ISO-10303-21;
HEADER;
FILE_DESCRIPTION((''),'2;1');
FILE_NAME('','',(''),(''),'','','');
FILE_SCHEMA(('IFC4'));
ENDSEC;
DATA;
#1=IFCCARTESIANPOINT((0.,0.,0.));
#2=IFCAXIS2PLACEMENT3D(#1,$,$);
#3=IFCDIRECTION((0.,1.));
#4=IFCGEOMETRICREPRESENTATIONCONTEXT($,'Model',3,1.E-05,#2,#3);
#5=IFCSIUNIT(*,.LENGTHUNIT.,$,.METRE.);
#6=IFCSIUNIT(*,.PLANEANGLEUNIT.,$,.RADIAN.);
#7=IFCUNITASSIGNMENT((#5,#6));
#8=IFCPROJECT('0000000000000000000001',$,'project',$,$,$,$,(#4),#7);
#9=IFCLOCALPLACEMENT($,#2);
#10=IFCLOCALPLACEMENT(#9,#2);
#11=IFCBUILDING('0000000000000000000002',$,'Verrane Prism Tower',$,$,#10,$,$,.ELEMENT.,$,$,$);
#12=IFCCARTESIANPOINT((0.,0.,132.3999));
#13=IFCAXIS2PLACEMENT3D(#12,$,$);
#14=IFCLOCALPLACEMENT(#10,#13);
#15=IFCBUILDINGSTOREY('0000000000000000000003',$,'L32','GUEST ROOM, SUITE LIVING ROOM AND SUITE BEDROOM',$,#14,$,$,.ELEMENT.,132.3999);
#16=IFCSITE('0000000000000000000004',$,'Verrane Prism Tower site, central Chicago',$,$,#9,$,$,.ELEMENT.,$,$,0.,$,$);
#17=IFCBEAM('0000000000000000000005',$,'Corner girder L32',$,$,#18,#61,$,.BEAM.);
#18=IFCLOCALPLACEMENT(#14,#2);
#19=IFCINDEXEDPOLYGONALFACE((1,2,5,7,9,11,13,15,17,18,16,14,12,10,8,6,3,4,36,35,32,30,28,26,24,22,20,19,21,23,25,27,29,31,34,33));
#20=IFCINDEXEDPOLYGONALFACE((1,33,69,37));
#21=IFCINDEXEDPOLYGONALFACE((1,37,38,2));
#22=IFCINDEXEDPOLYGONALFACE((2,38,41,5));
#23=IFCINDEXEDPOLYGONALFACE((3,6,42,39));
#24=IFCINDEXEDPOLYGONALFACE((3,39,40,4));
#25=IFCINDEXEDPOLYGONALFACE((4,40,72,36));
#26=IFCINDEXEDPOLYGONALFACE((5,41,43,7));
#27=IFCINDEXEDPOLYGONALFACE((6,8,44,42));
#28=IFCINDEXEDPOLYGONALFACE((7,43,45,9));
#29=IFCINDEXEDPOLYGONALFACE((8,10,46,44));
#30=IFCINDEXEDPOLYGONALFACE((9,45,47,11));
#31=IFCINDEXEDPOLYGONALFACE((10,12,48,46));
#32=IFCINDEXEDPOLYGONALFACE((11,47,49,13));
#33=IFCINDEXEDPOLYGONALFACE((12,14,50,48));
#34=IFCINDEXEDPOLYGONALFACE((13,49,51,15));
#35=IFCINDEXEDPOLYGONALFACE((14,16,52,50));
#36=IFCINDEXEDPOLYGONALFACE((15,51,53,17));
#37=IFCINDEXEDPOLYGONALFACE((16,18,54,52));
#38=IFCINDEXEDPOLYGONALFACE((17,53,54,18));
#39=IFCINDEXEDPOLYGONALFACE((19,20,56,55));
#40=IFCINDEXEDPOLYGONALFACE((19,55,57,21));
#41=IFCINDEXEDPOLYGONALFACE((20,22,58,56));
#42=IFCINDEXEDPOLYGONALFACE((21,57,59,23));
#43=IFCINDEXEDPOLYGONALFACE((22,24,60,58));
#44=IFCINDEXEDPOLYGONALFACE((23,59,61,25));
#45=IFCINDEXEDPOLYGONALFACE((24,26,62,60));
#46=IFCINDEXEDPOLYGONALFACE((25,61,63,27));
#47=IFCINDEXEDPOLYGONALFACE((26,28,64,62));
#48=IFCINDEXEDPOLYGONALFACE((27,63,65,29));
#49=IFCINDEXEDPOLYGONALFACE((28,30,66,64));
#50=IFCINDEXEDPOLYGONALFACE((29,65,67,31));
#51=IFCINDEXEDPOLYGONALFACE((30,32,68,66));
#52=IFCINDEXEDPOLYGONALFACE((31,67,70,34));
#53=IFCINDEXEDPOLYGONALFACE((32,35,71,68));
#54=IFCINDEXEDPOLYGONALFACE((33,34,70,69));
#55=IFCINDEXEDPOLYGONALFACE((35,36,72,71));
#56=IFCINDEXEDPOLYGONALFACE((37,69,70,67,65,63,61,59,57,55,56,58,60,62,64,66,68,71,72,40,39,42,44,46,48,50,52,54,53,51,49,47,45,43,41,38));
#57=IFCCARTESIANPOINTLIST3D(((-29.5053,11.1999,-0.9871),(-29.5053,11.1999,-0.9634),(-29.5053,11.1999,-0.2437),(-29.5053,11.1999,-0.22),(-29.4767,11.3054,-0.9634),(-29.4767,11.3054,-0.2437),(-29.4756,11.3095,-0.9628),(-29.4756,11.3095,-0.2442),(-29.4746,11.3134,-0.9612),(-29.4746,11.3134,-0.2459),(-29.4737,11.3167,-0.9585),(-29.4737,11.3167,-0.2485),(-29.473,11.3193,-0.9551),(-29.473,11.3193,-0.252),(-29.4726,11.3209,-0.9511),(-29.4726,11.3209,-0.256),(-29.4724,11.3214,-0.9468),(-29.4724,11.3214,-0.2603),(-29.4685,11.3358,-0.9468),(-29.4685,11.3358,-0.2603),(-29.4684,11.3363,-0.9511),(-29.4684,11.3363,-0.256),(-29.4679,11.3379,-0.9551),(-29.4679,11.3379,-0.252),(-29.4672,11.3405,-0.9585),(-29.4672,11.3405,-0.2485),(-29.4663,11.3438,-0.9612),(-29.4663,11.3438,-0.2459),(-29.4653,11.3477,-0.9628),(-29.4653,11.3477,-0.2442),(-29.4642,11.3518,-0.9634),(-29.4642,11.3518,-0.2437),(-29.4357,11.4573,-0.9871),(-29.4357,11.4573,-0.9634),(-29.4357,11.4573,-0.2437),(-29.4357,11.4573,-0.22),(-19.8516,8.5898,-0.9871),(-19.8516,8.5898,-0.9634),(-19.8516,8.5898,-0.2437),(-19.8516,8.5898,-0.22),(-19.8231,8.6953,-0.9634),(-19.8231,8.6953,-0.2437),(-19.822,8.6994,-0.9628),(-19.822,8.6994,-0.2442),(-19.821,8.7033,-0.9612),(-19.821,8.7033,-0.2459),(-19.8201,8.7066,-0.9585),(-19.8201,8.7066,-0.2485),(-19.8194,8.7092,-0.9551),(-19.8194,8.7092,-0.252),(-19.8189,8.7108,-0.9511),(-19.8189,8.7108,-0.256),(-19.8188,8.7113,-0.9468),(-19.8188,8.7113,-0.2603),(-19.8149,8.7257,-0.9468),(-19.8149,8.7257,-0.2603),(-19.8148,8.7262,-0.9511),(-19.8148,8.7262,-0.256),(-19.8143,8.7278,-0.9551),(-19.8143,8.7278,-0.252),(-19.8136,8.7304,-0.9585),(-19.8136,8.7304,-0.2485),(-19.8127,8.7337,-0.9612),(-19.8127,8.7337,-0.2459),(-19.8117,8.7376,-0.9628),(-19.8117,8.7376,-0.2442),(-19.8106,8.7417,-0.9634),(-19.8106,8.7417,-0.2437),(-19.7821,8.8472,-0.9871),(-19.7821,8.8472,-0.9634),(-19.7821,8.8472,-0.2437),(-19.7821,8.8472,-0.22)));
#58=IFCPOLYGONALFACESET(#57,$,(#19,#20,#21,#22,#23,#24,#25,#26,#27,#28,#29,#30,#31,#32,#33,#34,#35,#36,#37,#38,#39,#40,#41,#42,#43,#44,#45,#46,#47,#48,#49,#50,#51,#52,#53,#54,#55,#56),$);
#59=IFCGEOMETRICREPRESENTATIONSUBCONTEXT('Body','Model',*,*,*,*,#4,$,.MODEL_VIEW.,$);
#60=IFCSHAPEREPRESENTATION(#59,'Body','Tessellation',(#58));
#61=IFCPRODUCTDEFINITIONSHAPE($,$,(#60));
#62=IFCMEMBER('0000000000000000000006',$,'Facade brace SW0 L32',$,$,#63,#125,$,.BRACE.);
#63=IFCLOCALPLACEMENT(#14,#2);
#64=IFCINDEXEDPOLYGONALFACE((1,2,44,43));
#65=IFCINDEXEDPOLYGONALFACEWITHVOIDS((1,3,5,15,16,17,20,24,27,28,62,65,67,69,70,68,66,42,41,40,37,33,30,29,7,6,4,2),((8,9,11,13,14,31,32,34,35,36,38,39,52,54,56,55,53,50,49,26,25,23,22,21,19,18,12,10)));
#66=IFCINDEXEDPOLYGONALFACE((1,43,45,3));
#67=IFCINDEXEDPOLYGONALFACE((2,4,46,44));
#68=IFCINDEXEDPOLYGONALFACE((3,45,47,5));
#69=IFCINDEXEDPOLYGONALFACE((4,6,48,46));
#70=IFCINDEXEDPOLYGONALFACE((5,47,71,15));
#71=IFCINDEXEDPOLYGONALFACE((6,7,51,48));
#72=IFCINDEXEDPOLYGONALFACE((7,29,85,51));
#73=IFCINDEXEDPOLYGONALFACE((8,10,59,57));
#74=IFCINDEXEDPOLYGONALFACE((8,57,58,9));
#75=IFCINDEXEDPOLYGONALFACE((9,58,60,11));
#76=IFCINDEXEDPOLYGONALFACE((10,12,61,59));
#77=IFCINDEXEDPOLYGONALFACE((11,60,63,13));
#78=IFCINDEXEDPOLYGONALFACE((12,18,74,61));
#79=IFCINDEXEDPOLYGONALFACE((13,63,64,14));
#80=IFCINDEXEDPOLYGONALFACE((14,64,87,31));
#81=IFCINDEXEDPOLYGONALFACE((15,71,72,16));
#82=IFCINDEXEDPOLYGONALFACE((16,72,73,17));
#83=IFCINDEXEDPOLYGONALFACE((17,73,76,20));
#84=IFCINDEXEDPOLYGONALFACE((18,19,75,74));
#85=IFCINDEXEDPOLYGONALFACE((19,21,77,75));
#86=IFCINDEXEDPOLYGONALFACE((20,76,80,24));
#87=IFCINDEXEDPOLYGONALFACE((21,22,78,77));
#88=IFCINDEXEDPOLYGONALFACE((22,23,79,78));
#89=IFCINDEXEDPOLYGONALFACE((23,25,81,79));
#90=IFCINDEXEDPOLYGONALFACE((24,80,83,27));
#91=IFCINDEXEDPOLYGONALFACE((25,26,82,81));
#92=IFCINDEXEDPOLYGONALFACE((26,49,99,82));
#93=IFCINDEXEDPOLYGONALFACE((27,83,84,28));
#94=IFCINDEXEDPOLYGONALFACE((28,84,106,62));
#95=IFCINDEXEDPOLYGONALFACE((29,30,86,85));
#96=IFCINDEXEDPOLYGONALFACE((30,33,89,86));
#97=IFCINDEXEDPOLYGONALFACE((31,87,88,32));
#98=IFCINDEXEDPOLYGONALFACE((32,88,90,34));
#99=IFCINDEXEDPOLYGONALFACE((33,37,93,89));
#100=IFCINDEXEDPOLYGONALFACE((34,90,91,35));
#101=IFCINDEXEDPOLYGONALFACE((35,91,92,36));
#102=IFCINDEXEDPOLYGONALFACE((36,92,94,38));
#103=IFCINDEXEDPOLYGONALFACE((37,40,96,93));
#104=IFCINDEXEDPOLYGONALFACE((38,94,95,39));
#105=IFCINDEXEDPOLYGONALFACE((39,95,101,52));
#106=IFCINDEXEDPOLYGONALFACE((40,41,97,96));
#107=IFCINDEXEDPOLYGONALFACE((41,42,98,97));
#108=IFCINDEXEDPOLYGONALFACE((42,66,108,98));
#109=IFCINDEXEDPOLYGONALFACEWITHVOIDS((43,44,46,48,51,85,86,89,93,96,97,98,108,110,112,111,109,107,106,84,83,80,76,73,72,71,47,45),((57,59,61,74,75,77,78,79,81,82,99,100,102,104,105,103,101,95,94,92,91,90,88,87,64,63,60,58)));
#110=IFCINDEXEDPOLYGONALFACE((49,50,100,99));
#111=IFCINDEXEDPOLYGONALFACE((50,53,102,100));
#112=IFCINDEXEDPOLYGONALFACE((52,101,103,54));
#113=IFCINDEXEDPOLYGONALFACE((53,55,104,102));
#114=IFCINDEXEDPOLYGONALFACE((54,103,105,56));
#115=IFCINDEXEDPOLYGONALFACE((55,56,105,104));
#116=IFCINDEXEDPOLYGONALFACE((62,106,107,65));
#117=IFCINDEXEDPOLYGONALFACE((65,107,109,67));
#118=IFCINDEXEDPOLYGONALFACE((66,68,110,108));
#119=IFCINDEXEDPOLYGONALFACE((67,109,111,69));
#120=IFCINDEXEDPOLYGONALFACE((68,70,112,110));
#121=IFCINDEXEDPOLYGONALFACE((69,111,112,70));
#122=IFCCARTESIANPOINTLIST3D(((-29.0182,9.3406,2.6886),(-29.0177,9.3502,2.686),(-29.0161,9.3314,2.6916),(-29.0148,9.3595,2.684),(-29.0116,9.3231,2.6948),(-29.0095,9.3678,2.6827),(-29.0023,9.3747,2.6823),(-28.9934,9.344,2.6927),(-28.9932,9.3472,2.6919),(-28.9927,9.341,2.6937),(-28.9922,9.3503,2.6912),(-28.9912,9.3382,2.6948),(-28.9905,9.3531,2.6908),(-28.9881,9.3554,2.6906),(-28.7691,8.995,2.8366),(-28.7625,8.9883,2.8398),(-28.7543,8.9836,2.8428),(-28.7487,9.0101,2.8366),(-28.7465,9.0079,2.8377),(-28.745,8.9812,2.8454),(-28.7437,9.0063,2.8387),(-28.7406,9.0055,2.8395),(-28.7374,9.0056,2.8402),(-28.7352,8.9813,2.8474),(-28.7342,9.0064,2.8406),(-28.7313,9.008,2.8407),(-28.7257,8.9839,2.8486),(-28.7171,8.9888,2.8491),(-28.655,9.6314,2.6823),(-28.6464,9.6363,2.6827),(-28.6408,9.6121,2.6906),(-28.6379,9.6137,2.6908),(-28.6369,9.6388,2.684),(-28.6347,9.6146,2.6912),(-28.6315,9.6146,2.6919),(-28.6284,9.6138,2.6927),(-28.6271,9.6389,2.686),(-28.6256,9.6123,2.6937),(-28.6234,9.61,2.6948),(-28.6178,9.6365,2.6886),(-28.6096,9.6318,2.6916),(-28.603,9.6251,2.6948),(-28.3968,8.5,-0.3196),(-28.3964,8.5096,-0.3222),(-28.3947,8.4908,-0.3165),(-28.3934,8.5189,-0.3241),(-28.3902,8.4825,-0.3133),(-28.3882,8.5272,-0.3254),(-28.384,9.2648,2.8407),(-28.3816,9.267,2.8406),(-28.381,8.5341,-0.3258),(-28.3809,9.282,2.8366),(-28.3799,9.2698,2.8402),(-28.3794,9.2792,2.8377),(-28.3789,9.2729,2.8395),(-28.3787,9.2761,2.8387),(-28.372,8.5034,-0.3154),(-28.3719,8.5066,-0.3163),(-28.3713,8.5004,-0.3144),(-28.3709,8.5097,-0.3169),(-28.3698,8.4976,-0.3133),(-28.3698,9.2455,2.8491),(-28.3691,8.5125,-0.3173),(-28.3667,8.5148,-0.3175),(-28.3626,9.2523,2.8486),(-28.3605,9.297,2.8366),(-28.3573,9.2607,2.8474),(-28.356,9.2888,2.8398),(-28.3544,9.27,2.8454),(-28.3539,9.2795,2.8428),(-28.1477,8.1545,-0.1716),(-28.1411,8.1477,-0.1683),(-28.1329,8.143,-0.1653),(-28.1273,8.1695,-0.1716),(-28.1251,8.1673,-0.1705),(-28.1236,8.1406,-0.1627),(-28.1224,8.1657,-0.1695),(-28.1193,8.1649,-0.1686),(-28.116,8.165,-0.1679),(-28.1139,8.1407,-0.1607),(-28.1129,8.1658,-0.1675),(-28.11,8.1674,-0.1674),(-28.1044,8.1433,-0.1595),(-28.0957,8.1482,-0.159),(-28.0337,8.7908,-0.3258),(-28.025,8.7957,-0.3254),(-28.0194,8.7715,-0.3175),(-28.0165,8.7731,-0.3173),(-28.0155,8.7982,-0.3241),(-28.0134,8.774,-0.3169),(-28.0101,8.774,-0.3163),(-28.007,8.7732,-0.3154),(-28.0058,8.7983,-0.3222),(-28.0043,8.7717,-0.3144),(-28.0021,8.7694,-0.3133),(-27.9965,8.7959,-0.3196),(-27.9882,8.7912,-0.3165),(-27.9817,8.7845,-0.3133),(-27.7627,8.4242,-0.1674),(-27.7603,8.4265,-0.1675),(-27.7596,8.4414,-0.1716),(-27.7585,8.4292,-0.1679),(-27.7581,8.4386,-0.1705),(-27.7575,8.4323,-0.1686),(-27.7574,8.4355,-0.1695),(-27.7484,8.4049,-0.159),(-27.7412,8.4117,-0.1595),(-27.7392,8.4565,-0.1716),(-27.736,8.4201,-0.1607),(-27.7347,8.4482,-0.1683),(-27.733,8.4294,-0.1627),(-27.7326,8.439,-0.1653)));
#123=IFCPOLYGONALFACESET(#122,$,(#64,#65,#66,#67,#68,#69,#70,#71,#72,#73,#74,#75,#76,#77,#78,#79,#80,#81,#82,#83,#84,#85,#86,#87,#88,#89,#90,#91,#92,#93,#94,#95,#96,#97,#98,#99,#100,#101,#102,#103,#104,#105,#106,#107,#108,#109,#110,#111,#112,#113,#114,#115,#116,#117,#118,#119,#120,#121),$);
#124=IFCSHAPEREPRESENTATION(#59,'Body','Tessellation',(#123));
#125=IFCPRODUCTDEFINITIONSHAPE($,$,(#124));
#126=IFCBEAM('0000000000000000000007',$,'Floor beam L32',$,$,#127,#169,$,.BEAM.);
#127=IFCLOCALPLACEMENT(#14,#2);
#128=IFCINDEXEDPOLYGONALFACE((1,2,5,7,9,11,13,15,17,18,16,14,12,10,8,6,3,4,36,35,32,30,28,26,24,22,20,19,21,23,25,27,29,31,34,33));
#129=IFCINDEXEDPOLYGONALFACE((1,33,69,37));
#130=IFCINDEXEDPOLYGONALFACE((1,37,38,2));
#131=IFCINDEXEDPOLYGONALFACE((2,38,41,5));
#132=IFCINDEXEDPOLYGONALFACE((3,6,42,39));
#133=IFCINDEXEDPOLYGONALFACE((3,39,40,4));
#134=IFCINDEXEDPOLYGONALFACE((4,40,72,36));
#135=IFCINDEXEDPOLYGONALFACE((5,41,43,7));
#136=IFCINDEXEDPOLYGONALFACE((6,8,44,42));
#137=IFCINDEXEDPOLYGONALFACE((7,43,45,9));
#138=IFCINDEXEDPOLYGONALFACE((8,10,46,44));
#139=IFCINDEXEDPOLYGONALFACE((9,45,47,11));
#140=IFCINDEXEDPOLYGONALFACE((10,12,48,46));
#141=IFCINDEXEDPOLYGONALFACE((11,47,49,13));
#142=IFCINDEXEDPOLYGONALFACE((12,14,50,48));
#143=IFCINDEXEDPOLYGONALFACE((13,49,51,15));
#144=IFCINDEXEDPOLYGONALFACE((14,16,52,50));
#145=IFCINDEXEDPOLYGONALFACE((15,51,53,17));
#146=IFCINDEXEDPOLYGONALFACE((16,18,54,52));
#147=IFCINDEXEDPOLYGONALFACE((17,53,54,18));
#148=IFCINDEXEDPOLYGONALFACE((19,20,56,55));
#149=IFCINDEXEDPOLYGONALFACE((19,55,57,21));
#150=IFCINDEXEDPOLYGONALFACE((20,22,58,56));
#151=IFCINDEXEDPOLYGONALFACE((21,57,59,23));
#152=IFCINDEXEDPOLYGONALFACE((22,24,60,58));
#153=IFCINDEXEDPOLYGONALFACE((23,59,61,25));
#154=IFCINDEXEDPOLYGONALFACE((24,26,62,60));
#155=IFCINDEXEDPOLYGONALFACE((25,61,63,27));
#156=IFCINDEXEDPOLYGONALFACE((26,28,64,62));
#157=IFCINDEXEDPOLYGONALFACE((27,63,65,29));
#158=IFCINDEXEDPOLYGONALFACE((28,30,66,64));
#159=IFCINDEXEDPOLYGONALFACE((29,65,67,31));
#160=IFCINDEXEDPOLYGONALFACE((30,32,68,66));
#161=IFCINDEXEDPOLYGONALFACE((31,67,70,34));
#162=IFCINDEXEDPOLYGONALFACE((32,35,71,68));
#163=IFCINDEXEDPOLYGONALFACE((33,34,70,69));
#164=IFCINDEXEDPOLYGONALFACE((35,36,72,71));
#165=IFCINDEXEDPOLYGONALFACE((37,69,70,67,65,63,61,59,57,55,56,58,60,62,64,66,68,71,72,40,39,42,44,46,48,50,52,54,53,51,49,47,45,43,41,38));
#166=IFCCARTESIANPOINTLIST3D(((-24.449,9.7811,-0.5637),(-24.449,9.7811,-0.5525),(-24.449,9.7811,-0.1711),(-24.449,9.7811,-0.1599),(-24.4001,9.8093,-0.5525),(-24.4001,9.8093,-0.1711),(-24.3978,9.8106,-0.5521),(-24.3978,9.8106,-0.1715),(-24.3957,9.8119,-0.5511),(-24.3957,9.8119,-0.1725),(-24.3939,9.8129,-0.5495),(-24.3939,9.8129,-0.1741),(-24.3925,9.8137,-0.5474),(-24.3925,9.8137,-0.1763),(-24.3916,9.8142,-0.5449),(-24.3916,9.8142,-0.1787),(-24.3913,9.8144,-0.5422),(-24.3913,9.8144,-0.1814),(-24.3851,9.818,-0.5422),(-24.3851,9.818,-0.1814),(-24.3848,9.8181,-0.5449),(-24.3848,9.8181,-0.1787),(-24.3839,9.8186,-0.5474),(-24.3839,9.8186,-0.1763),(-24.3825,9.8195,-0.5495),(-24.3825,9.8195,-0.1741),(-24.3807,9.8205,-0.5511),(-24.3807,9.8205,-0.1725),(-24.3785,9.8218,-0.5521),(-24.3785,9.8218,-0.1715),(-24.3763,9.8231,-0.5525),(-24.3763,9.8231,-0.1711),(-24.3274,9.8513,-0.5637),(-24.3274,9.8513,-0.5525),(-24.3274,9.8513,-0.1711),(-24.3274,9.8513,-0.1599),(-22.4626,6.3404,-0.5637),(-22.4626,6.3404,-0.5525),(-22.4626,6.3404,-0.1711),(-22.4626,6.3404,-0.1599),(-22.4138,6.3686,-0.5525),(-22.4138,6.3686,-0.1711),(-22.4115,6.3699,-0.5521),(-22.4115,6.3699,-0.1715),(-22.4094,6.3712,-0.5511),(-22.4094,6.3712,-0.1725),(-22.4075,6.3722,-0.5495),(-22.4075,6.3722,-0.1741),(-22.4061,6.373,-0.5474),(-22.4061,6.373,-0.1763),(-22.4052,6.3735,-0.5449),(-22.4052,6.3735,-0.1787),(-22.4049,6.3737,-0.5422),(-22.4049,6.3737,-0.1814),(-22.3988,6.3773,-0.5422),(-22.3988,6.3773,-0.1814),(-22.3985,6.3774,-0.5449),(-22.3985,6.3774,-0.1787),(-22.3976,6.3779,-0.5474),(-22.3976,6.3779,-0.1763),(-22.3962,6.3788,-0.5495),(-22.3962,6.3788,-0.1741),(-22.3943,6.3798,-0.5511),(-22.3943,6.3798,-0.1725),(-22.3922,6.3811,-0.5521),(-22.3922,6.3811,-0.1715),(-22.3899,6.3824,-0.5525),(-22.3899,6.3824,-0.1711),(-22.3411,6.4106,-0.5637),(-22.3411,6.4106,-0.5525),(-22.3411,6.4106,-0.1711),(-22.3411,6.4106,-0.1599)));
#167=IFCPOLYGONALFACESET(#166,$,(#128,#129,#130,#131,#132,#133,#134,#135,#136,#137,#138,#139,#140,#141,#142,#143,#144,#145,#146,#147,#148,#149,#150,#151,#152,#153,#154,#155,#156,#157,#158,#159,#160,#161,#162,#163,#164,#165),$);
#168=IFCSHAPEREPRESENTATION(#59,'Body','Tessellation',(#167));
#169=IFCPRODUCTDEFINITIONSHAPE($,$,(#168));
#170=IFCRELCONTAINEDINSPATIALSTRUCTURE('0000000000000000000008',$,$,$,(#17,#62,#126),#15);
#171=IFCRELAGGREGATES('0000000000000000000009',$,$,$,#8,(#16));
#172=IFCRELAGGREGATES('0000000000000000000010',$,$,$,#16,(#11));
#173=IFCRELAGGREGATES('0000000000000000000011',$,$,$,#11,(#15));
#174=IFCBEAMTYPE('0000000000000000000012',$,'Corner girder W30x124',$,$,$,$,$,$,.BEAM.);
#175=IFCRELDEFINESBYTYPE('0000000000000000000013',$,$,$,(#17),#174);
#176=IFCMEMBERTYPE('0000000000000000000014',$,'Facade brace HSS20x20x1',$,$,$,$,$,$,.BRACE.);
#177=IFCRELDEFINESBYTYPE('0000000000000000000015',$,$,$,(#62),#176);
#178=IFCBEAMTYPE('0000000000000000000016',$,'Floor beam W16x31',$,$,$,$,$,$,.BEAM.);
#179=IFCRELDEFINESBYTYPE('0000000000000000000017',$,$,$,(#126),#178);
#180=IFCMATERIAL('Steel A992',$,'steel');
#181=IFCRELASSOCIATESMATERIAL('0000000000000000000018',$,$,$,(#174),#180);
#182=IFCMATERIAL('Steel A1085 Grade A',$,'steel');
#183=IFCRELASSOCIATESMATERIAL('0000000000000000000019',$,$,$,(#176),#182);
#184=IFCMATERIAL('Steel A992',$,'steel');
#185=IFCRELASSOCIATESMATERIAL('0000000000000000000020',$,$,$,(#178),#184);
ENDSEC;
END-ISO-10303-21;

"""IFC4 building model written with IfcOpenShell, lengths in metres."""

from ifc_helpers import new_model, si_unit, direction, frame, origin, origin_2d, place, context, subcontext, project, spatial, hollow_rectangle, i_section, extrude, material, material_profile, profile_set, type_object, element, save


model = new_model("IFC4")

# Units and contexts
model_context = context("Model", 3, precision=1e-05, world=origin(), true_north=direction((0.0, 1.0)))
body_context = subcontext(model_context, "Body", "Model", "MODEL_VIEW")
ifc_project = project(units=[si_unit("LENGTHUNIT", "METRE"), si_unit("PLANEANGLEUNIT", "RADIAN")], contexts=[model_context])

# Site, building, storey
site_placement = place(None, origin())
site = spatial("IfcSite", under=ifc_project, at=site_placement, Name="Verrane Prism Tower site, central Chicago", CompositionType="ELEMENT", RefElevation=0.0)
building_placement = place(site_placement, origin())
building = spatial("IfcBuilding", under=site, at=building_placement, Name="Verrane Prism Tower", CompositionType="ELEMENT")
storey_placement = place(building_placement, frame((0.0, 0.0, 132.3999)))
storey = spatial("IfcBuildingStorey", under=building, at=storey_placement, Name="L32", Description="GUEST ROOM, SUITE LIVING ROOM AND SUITE BEDROOM", CompositionType="ELEMENT", Elevation=132.3999)

# Beam
ifc_material_1 = material(Name="Steel A992", Category="steel")
ifc_material_profile_1 = material_profile(ifc_material_1, i_section(OverallWidth=0.2666, OverallDepth=0.7671, WebThickness=0.0149, FlangeThickness=0.0237, FilletRadius=0.0166, at=origin_2d()), Name="W30x124")
ifc_profile_set_1 = profile_set([ifc_material_profile_1], Name="Steel A992")
beam_type_1 = type_object("IfcBeamType", Name="Corner girder W30x124", PredefinedType="BEAM", material=ifc_profile_set_1)
beam_1_placement = place(storey_placement, frame((-29.4705, 11.3286, -0.6035), z_axis=(0.965337, -0.261006, 0.0), x_axis=(0.261006, 0.965337, 0.0)))
element("IfcBeam", 1, at=beam_1_placement, inside=storey, type_object=beam_type_1, Name="Corner girder L32", PredefinedType="BEAM", context=body_context, shape_type="SweptSolid", body=[
    extrude(i_section(OverallWidth=0.2666, OverallDepth=0.7671, WebThickness=0.0149, FlangeThickness=0.0237, FilletRadius=0.0166, at=origin_2d()), origin(), (0.0, 0.0, 1.0), 10.0002),
])

# Member
ifc_material_2 = material(Name="Steel A1085 Grade A", Category="steel")
ifc_material_profile_2 = material_profile(ifc_material_2, hollow_rectangle(XDim=0.5081, YDim=0.5081, WallThickness=0.0254, InnerFilletRadius=0.0127, OuterFilletRadius=0.0381, at=origin_2d()), Name="HSS20x20x1")
ifc_profile_set_2 = profile_set([ifc_material_profile_2], Name="Steel A1085 Grade A")
member_type_1 = type_object("IfcMemberType", Name="Facade brace HSS20x20x1", PredefinedType="BRACE", material=ifc_profile_set_2)
member_1_placement = place(storey_placement, frame((-28.0647, 8.4695, -0.2424), z_axis=(-0.195113, 0.263959, 0.944593), x_axis=(-0.804157, -0.594417, 0.0)))
element("IfcMember", 2, at=member_1_placement, inside=storey, type_object=member_type_1, Name="Facade brace SW0 L32", PredefinedType="BRACE", context=body_context, shape_type="SweptSolid", body=[
    extrude(hollow_rectangle(XDim=0.5081, YDim=0.5081, WallThickness=0.0254, InnerFilletRadius=0.0127, OuterFilletRadius=0.0381, at=origin_2d()), origin(), (0.0, 0.0, 1.0), 3.1846),
])

# Beam
ifc_material_3 = material(Name="Steel A992", Category="steel")
ifc_material_profile_3 = material_profile(ifc_material_3, i_section(OverallWidth=0.1404, OverallDepth=0.4038, WebThickness=0.0071, FlangeThickness=0.0112, FilletRadius=0.0103, at=origin_2d()), Name="W16x31")
ifc_profile_set_3 = profile_set([ifc_material_profile_3], Name="Steel A992")
beam_type_2 = type_object("IfcBeamType", Name="Floor beam W16x31", PredefinedType="BEAM", material=ifc_profile_set_3)
beam_2_placement = place(storey_placement, frame((-22.4019, 6.3755, -0.3618), z_axis=(-0.499972, 0.866041, 0.0), x_axis=(-0.866041, -0.499972, 0.0)))
element("IfcBeam", 3, at=beam_2_placement, inside=storey, type_object=beam_type_2, Name="Floor beam L32", PredefinedType="BEAM", context=body_context, shape_type="SweptSolid", body=[
    extrude(i_section(OverallWidth=0.1404, OverallDepth=0.4038, WebThickness=0.0071, FlangeThickness=0.0112, FilletRadius=0.0103, at=origin_2d()), origin(), (0.0, 0.0, 1.0), 3.9729),
])

save(model, "model.ifc")
